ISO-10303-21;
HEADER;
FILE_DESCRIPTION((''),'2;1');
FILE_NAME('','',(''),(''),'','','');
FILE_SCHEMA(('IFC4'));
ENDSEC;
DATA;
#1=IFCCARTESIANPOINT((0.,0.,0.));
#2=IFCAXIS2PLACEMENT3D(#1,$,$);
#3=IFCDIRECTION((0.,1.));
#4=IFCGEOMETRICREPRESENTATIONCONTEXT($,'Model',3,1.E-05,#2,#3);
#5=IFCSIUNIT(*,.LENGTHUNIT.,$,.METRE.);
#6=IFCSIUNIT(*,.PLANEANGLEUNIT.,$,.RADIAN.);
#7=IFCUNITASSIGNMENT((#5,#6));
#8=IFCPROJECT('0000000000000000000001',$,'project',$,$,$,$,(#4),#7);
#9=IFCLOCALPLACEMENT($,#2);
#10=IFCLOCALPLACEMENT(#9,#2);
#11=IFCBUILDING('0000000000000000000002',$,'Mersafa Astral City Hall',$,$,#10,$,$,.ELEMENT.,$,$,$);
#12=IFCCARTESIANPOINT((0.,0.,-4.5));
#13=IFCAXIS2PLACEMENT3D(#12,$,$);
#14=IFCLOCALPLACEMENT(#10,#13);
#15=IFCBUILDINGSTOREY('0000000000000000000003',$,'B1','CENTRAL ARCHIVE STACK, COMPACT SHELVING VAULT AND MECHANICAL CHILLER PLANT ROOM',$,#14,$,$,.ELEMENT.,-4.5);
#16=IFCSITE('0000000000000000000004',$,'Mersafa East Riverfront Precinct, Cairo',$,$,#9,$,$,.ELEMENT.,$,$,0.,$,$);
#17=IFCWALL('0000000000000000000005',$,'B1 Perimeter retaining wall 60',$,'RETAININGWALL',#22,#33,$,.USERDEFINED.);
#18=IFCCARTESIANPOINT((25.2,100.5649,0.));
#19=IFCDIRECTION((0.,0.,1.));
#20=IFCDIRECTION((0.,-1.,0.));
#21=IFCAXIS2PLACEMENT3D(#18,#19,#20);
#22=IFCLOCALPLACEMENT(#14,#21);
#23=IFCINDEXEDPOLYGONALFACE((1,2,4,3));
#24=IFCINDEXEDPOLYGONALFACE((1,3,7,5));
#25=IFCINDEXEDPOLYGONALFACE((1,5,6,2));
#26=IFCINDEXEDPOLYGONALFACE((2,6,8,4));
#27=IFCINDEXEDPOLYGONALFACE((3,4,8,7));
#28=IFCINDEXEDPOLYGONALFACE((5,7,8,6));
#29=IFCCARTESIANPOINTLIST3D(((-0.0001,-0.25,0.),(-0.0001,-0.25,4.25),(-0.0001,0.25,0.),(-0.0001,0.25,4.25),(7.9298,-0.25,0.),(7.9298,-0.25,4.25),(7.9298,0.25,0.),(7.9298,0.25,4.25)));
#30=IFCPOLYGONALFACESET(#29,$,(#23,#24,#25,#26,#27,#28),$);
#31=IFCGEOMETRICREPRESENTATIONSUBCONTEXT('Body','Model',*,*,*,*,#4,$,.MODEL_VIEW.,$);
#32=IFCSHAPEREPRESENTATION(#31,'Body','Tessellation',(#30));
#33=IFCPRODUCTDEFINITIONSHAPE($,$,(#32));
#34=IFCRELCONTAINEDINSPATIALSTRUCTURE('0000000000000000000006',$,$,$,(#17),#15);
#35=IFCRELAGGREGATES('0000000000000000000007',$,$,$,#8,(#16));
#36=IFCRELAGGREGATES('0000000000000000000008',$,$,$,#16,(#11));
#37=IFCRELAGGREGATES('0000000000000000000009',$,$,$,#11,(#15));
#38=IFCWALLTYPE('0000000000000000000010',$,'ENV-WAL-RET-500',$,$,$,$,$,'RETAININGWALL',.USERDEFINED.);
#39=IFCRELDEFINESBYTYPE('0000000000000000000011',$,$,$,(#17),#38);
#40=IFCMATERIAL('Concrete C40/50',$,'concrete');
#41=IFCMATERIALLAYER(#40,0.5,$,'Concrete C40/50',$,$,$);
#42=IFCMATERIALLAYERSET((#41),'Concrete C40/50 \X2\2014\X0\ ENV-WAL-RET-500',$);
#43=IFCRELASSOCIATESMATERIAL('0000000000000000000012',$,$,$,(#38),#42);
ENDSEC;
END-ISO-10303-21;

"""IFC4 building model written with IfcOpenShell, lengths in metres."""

from ifc_helpers import new_model, si_unit, direction, frame, frame_2d, origin, place, context, subcontext, project, spatial, rectangle, extrude, material, layer, layer_set, type_object, element, save


model = new_model("IFC4")

# Units and contexts
model_context = context("Model", 3, precision=1e-05, world=origin(), true_north=direction((0.0, 1.0)))
body_context = subcontext(model_context, "Body", "Model", "MODEL_VIEW")
ifc_project = project(units=[si_unit("LENGTHUNIT", "METRE"), si_unit("PLANEANGLEUNIT", "RADIAN")], contexts=[model_context])

# Site, building, storey
site_placement = place(None, origin())
site = spatial("IfcSite", under=ifc_project, at=site_placement, Name="Mersafa East Riverfront Precinct, Cairo", CompositionType="ELEMENT", RefElevation=0.0)
building_placement = place(site_placement, origin())
building = spatial("IfcBuilding", under=site, at=building_placement, Name="Mersafa Astral City Hall", CompositionType="ELEMENT")
storey_placement = place(building_placement, frame((0.0, 0.0, -4.5)))
storey = spatial("IfcBuildingStorey", under=building, at=storey_placement, Name="B1", Description="CENTRAL ARCHIVE STACK, COMPACT SHELVING VAULT AND MECHANICAL CHILLER PLANT ROOM", CompositionType="ELEMENT", Elevation=-4.5)

# Shared definitions
ifc_material_1 = material(Name="Concrete C40/50", Category="concrete")

# Wall
ifc_layer_1 = layer(ifc_material_1, 0.5, Name="Concrete C40/50")
ifc_layer_set_1 = layer_set([ifc_layer_1], Name="Concrete C40/50 — ENV-WAL-RET-500")
wall_type = type_object("IfcWallType", Name="ENV-WAL-RET-500", ElementType="RETAININGWALL", PredefinedType="USERDEFINED", material=ifc_layer_set_1)
wall_placement = place(storey_placement, frame((25.2, 100.5649, 0.0), z_axis=(0.0, 0.0, 1.0), x_axis=(0.0, -1.0, 0.0)))
element("IfcWall", 1, at=wall_placement, inside=storey, type_object=wall_type, Name="B1 Perimeter retaining wall 60", ObjectType="RETAININGWALL", PredefinedType="USERDEFINED", context=body_context, shape_type="SweptSolid", body=[
    extrude(rectangle(XDim=7.9299, YDim=0.5, at=frame_2d((3.9648, 0.0))), origin(), (0.0, 0.0, 1.0), 4.25),
])

save(model, "model.ifc")
